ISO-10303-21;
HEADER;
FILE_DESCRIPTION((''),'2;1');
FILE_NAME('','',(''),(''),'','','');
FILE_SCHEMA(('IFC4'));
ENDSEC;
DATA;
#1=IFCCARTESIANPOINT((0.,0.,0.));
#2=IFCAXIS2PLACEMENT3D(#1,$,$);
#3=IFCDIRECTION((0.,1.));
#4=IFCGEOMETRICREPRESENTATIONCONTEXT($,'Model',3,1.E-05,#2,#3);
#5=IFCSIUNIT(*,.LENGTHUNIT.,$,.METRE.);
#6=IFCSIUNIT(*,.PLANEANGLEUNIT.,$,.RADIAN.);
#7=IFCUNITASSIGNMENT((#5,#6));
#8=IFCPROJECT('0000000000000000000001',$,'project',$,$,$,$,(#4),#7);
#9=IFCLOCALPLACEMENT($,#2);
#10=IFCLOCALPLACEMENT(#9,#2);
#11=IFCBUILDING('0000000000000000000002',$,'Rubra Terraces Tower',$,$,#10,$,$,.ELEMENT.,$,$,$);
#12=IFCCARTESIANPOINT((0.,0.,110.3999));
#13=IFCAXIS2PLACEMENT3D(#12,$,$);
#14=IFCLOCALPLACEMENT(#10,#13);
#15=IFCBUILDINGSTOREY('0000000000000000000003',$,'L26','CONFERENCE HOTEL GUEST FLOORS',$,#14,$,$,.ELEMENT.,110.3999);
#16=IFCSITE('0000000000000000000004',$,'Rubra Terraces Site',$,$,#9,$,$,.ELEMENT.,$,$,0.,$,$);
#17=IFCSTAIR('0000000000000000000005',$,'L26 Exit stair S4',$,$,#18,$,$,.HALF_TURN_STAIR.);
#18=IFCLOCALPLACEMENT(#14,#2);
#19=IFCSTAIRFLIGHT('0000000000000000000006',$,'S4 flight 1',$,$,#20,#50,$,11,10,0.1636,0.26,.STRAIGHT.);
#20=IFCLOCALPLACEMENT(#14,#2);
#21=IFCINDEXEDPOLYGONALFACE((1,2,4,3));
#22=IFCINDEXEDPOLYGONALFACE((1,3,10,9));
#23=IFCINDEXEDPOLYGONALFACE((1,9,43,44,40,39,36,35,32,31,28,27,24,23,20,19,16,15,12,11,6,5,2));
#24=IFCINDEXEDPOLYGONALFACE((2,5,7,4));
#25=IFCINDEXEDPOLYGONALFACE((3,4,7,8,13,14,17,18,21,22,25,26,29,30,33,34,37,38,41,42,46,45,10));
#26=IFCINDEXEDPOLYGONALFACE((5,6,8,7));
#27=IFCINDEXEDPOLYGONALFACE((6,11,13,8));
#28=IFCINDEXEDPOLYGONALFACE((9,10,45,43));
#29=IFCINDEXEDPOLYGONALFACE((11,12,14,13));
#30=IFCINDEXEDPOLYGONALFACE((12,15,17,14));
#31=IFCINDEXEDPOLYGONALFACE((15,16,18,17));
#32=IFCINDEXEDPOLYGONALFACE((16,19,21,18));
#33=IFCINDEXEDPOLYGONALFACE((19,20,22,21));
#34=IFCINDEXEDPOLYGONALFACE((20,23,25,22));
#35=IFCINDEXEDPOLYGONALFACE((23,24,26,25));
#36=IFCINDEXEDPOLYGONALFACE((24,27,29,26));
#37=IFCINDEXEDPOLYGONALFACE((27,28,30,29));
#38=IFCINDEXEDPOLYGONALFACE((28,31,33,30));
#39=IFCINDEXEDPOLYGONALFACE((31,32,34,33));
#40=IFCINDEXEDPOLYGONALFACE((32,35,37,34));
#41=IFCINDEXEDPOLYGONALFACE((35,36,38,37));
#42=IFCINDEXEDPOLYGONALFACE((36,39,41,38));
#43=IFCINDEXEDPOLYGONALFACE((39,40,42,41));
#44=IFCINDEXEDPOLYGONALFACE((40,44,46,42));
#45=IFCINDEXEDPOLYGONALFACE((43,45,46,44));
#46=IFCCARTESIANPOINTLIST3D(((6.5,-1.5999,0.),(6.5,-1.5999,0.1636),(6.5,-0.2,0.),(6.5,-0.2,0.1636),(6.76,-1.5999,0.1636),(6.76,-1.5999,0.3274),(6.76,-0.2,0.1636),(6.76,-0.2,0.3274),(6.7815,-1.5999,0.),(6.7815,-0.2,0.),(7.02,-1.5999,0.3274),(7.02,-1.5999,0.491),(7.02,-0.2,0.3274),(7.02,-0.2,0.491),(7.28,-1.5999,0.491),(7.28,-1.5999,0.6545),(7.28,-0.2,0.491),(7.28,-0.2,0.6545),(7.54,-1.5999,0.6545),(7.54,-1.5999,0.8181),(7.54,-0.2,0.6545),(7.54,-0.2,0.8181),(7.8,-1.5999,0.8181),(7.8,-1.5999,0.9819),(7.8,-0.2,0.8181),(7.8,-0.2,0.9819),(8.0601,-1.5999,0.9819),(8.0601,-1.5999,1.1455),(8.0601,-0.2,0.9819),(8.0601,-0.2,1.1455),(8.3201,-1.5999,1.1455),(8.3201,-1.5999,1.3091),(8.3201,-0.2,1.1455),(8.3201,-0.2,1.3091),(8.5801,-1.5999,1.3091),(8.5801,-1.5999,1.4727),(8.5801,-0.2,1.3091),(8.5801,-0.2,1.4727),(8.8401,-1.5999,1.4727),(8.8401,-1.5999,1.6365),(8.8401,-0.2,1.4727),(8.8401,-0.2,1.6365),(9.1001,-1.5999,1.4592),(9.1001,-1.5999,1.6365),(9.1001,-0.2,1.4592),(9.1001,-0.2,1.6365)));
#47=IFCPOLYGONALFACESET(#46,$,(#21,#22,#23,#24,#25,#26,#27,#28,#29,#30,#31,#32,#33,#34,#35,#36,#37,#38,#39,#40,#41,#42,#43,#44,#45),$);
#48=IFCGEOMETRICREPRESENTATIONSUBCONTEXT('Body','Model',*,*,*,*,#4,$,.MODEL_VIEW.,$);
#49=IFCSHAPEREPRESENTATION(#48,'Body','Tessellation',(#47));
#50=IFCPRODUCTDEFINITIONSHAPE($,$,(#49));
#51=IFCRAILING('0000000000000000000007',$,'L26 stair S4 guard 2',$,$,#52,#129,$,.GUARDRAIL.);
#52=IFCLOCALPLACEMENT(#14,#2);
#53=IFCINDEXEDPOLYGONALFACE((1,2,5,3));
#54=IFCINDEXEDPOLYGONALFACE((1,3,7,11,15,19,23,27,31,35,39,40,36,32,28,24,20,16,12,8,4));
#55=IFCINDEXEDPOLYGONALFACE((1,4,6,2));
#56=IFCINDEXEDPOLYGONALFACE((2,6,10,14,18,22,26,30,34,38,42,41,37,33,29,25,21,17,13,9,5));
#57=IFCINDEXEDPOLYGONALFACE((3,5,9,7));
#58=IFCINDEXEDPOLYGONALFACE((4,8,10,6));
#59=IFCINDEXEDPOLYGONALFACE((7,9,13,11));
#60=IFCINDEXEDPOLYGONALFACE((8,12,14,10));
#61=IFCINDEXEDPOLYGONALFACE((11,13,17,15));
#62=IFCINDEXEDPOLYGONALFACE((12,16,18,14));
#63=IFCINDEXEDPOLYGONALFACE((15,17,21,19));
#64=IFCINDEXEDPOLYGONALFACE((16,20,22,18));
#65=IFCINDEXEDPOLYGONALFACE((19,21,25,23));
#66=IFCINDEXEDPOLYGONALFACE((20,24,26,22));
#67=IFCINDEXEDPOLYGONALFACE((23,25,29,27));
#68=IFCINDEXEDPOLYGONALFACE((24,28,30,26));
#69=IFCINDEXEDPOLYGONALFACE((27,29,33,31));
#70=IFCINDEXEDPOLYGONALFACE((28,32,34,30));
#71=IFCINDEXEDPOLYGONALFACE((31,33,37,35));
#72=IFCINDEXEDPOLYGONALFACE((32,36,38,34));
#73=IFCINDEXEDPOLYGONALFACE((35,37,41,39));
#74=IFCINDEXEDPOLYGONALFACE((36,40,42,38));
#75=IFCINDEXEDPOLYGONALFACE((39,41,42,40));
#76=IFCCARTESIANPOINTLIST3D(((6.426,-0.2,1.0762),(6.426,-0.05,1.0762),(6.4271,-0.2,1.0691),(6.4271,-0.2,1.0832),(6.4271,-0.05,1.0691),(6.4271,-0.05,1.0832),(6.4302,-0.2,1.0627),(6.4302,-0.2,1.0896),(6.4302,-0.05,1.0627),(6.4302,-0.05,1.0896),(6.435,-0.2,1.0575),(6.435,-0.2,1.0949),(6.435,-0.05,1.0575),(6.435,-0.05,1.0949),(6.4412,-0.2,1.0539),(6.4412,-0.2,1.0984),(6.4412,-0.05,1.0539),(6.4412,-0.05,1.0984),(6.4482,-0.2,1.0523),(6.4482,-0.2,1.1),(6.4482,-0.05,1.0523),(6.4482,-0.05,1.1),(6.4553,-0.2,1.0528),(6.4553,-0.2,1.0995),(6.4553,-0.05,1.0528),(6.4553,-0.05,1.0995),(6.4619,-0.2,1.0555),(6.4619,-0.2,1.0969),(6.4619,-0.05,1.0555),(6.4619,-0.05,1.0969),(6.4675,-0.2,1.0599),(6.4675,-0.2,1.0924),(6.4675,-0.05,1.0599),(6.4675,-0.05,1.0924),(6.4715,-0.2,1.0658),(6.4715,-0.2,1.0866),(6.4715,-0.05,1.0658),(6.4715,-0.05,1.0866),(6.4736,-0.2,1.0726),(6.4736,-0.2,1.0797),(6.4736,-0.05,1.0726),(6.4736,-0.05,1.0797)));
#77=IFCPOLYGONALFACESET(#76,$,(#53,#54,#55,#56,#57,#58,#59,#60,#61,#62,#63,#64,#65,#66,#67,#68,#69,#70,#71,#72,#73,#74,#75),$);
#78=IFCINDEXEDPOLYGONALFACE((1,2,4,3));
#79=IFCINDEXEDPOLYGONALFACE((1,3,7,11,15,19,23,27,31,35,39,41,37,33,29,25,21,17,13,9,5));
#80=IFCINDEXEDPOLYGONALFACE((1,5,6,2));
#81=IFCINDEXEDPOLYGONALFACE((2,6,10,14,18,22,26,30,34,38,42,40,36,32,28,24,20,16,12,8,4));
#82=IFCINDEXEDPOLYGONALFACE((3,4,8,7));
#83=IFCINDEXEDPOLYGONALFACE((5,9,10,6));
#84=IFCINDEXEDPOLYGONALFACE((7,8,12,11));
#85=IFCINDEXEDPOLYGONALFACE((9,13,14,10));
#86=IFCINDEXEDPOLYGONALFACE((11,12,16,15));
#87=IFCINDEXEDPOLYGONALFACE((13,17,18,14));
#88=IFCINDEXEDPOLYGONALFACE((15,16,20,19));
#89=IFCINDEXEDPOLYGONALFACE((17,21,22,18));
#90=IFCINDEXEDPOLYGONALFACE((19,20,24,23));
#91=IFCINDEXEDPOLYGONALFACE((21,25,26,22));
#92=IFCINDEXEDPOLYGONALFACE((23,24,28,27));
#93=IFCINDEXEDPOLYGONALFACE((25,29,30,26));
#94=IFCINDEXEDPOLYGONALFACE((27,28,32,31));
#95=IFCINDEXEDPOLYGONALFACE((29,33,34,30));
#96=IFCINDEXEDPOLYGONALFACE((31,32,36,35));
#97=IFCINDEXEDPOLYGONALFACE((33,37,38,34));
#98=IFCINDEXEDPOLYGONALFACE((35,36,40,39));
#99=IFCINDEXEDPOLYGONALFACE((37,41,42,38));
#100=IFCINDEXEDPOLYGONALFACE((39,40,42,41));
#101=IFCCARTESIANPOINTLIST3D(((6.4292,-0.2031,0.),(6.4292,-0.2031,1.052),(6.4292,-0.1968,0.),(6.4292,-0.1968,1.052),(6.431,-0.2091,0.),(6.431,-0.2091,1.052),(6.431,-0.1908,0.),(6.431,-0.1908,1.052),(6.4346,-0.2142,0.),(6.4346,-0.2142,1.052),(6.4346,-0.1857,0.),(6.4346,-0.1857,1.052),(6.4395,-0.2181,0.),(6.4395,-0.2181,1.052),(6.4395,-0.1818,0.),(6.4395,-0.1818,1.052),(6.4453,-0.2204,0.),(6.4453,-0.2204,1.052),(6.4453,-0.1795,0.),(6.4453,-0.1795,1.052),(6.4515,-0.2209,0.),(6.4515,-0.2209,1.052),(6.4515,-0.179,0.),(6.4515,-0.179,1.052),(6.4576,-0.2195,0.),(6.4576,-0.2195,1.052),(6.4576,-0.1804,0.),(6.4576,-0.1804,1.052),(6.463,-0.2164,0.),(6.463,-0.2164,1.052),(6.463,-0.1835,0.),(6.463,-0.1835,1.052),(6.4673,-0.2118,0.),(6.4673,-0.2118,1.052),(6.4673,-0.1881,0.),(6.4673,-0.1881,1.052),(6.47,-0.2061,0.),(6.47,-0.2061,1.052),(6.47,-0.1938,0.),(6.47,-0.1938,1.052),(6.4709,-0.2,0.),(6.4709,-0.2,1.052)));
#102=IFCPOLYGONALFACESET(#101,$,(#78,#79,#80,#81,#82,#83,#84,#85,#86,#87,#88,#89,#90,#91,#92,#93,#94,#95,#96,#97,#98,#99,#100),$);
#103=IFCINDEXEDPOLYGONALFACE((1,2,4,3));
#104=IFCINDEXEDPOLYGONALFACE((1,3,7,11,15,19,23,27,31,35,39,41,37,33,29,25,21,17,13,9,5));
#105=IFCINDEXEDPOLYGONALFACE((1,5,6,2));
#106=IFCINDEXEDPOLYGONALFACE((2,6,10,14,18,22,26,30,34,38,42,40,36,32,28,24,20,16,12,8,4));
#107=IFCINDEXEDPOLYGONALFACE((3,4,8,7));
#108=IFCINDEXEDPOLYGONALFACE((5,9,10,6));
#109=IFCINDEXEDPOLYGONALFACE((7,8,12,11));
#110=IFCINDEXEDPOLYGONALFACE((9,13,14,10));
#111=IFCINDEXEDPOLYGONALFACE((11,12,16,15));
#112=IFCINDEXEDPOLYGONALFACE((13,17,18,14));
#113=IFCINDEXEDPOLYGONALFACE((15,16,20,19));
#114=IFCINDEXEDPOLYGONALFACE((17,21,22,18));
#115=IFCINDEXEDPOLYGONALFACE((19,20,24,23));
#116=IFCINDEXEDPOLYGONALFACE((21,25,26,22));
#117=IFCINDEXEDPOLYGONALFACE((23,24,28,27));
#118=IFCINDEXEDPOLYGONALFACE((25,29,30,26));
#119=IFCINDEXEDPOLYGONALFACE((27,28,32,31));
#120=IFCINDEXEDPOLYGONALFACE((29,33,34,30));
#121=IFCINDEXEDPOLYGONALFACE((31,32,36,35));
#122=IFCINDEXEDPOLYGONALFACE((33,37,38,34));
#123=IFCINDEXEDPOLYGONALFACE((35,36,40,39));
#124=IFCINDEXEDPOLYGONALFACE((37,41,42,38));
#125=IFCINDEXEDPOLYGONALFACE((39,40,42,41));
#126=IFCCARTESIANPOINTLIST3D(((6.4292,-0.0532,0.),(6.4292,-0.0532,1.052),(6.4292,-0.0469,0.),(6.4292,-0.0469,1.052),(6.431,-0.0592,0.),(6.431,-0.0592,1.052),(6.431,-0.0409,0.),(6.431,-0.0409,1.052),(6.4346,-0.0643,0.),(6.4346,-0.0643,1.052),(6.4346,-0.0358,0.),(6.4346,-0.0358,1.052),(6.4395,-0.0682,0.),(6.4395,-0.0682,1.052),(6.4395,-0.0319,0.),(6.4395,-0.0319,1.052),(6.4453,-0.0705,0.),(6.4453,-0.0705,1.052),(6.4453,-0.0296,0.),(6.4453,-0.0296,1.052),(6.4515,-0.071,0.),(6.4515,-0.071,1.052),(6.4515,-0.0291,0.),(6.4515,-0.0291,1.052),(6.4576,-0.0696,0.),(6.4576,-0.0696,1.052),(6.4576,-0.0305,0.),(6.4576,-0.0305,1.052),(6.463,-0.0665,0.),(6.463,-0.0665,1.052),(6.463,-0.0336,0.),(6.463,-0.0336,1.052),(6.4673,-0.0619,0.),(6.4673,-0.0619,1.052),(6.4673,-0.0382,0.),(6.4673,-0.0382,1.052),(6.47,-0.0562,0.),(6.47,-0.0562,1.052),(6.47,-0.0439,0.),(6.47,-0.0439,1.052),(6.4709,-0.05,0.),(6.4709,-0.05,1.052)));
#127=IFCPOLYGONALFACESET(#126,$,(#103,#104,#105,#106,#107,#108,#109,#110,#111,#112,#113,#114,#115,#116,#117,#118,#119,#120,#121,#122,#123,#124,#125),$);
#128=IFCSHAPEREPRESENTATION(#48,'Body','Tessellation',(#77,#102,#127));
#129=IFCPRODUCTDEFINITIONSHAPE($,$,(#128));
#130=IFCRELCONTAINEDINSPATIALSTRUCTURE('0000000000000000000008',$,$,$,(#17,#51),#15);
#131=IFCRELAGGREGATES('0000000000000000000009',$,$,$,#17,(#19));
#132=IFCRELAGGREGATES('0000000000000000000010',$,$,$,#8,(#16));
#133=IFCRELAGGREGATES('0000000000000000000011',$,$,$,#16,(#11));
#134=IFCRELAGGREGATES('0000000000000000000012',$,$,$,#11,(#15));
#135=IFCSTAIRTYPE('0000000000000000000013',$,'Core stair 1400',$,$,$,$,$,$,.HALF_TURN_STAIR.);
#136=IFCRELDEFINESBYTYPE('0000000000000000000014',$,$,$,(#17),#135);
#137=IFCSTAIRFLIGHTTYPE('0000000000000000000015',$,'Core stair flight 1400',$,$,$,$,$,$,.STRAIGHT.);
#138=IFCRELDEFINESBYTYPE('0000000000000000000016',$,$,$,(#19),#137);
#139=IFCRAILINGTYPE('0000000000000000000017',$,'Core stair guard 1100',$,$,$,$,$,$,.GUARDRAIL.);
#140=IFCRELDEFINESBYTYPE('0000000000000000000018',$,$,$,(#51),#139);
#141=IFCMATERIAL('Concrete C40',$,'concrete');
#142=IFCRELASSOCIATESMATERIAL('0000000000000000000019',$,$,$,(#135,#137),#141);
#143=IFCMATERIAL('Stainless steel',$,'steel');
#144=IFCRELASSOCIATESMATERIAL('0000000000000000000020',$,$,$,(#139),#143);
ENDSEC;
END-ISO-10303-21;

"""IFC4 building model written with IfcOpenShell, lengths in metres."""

from ifc_helpers import new_model, si_unit, direction, frame, origin, origin_2d, place, context, subcontext, project, spatial, polyline, circle, outline, extrude, material, type_object, element, aggregate, save


model = new_model("IFC4")

# Units and contexts
model_context = context("Model", 3, precision=1e-05, world=origin(), true_north=direction((0.0, 1.0)))
body_context = subcontext(model_context, "Body", "Model", "MODEL_VIEW")
ifc_project = project(units=[si_unit("LENGTHUNIT", "METRE"), si_unit("PLANEANGLEUNIT", "RADIAN")], contexts=[model_context])

# Site, building, storey
site_placement = place(None, origin())
site = spatial("IfcSite", under=ifc_project, at=site_placement, Name="Rubra Terraces Site", CompositionType="ELEMENT", RefElevation=0.0)
building_placement = place(site_placement, origin())
building = spatial("IfcBuilding", under=site, at=building_placement, Name="Rubra Terraces Tower", CompositionType="ELEMENT")
storey_placement = place(building_placement, frame((0.0, 0.0, 110.3999)))
storey = spatial("IfcBuildingStorey", under=building, at=storey_placement, Name="L26", Description="CONFERENCE HOTEL GUEST FLOORS", CompositionType="ELEMENT", Elevation=110.3999)

# Stair
ifc_material_1 = material(Name="Concrete C40", Category="concrete")
stair_type = type_object("IfcStairType", Name="Core stair 1400", PredefinedType="HALF_TURN_STAIR", material=ifc_material_1)
stair_placement = place(storey_placement, origin())
stair = element("IfcStair", 1, at=stair_placement, inside=storey, type_object=stair_type, Name="L26 Exit stair S4", PredefinedType="HALF_TURN_STAIR")

# Stair flight
stair_flight_type = type_object("IfcStairFlightType", Name="Core stair flight 1400", PredefinedType="STRAIGHT", material=ifc_material_1)
stair_flight_placement = place(storey_placement, frame((6.5, -0.8999, 0.0), z_axis=(0.0, 0.0, 1.0), x_axis=(1.0, 0.0, 0.0)))
stair_flight = element("IfcStairFlight", 2, at=stair_flight_placement, type_object=stair_flight_type, Name="S4 flight 1", NumberOfRisers=11, NumberOfTreads=10, PredefinedType="STRAIGHT", RiserHeight=0.1636, TreadLength=0.26, context=body_context, shape_type="SweptSolid", body=[
    extrude(outline(polyline([(0.0, 0.0), (0.0, 0.1636), (0.26, 0.1636), (0.26, 0.3274), (0.52, 0.3274), (0.52, 0.491), (0.78, 0.491), (0.78, 0.6545), (1.04, 0.6545), (1.04, 0.8181), (1.3, 0.8181), (1.3, 0.9819), (1.5601, 0.9819), (1.5601, 1.1455), (1.8201, 1.1455), (1.8201, 1.3091), (2.0801, 1.3091), (2.0801, 1.4727), (2.3401, 1.4727), (2.3401, 1.6365), (2.6001, 1.6365), (2.6001, 1.8), (2.6001, 1.4592), (0.2815, 0.0), (0.0, 0.0)])), frame((0.0, 0.7, 0.0), z_axis=(0.0, -1.0, 0.0), x_axis=(1.0, 0.0, 0.0)), (0.0, 0.0, 1.0), 1.3999),
])
aggregate(stair, [stair_flight])

# Railing
ifc_material_2 = material(Name="Stainless steel", Category="steel")
railing_type_1 = type_object("IfcRailingType", Name="Core stair guard 1100", PredefinedType="GUARDRAIL", material=ifc_material_2)
railing_1_placement = place(storey_placement, frame((6.45, -0.2, 0.0)))
element("IfcRailing", 3, at=railing_1_placement, inside=storey, type_object=railing_type_1, Name="L26 stair S4 guard 2", PredefinedType="GUARDRAIL", context=body_context, shape_type="SweptSolid", body=[
    extrude(circle(Radius=0.0239, at=origin_2d()), frame((0.0, 0.0, 1.0762), z_axis=(0.0, 1.0, 0.0), x_axis=(-1.0, 0.0, 0.0)), (0.0, 0.0, 1.0), 0.1499),
    extrude(circle(Radius=0.021, at=origin_2d()), origin(), (0.0, 0.0, 1.0), 1.052),
    extrude(circle(Radius=0.021, at=origin_2d()), frame((0.0, 0.1499, 0.0)), (0.0, 0.0, 1.0), 1.052),
])

save(model, "model.ifc")
